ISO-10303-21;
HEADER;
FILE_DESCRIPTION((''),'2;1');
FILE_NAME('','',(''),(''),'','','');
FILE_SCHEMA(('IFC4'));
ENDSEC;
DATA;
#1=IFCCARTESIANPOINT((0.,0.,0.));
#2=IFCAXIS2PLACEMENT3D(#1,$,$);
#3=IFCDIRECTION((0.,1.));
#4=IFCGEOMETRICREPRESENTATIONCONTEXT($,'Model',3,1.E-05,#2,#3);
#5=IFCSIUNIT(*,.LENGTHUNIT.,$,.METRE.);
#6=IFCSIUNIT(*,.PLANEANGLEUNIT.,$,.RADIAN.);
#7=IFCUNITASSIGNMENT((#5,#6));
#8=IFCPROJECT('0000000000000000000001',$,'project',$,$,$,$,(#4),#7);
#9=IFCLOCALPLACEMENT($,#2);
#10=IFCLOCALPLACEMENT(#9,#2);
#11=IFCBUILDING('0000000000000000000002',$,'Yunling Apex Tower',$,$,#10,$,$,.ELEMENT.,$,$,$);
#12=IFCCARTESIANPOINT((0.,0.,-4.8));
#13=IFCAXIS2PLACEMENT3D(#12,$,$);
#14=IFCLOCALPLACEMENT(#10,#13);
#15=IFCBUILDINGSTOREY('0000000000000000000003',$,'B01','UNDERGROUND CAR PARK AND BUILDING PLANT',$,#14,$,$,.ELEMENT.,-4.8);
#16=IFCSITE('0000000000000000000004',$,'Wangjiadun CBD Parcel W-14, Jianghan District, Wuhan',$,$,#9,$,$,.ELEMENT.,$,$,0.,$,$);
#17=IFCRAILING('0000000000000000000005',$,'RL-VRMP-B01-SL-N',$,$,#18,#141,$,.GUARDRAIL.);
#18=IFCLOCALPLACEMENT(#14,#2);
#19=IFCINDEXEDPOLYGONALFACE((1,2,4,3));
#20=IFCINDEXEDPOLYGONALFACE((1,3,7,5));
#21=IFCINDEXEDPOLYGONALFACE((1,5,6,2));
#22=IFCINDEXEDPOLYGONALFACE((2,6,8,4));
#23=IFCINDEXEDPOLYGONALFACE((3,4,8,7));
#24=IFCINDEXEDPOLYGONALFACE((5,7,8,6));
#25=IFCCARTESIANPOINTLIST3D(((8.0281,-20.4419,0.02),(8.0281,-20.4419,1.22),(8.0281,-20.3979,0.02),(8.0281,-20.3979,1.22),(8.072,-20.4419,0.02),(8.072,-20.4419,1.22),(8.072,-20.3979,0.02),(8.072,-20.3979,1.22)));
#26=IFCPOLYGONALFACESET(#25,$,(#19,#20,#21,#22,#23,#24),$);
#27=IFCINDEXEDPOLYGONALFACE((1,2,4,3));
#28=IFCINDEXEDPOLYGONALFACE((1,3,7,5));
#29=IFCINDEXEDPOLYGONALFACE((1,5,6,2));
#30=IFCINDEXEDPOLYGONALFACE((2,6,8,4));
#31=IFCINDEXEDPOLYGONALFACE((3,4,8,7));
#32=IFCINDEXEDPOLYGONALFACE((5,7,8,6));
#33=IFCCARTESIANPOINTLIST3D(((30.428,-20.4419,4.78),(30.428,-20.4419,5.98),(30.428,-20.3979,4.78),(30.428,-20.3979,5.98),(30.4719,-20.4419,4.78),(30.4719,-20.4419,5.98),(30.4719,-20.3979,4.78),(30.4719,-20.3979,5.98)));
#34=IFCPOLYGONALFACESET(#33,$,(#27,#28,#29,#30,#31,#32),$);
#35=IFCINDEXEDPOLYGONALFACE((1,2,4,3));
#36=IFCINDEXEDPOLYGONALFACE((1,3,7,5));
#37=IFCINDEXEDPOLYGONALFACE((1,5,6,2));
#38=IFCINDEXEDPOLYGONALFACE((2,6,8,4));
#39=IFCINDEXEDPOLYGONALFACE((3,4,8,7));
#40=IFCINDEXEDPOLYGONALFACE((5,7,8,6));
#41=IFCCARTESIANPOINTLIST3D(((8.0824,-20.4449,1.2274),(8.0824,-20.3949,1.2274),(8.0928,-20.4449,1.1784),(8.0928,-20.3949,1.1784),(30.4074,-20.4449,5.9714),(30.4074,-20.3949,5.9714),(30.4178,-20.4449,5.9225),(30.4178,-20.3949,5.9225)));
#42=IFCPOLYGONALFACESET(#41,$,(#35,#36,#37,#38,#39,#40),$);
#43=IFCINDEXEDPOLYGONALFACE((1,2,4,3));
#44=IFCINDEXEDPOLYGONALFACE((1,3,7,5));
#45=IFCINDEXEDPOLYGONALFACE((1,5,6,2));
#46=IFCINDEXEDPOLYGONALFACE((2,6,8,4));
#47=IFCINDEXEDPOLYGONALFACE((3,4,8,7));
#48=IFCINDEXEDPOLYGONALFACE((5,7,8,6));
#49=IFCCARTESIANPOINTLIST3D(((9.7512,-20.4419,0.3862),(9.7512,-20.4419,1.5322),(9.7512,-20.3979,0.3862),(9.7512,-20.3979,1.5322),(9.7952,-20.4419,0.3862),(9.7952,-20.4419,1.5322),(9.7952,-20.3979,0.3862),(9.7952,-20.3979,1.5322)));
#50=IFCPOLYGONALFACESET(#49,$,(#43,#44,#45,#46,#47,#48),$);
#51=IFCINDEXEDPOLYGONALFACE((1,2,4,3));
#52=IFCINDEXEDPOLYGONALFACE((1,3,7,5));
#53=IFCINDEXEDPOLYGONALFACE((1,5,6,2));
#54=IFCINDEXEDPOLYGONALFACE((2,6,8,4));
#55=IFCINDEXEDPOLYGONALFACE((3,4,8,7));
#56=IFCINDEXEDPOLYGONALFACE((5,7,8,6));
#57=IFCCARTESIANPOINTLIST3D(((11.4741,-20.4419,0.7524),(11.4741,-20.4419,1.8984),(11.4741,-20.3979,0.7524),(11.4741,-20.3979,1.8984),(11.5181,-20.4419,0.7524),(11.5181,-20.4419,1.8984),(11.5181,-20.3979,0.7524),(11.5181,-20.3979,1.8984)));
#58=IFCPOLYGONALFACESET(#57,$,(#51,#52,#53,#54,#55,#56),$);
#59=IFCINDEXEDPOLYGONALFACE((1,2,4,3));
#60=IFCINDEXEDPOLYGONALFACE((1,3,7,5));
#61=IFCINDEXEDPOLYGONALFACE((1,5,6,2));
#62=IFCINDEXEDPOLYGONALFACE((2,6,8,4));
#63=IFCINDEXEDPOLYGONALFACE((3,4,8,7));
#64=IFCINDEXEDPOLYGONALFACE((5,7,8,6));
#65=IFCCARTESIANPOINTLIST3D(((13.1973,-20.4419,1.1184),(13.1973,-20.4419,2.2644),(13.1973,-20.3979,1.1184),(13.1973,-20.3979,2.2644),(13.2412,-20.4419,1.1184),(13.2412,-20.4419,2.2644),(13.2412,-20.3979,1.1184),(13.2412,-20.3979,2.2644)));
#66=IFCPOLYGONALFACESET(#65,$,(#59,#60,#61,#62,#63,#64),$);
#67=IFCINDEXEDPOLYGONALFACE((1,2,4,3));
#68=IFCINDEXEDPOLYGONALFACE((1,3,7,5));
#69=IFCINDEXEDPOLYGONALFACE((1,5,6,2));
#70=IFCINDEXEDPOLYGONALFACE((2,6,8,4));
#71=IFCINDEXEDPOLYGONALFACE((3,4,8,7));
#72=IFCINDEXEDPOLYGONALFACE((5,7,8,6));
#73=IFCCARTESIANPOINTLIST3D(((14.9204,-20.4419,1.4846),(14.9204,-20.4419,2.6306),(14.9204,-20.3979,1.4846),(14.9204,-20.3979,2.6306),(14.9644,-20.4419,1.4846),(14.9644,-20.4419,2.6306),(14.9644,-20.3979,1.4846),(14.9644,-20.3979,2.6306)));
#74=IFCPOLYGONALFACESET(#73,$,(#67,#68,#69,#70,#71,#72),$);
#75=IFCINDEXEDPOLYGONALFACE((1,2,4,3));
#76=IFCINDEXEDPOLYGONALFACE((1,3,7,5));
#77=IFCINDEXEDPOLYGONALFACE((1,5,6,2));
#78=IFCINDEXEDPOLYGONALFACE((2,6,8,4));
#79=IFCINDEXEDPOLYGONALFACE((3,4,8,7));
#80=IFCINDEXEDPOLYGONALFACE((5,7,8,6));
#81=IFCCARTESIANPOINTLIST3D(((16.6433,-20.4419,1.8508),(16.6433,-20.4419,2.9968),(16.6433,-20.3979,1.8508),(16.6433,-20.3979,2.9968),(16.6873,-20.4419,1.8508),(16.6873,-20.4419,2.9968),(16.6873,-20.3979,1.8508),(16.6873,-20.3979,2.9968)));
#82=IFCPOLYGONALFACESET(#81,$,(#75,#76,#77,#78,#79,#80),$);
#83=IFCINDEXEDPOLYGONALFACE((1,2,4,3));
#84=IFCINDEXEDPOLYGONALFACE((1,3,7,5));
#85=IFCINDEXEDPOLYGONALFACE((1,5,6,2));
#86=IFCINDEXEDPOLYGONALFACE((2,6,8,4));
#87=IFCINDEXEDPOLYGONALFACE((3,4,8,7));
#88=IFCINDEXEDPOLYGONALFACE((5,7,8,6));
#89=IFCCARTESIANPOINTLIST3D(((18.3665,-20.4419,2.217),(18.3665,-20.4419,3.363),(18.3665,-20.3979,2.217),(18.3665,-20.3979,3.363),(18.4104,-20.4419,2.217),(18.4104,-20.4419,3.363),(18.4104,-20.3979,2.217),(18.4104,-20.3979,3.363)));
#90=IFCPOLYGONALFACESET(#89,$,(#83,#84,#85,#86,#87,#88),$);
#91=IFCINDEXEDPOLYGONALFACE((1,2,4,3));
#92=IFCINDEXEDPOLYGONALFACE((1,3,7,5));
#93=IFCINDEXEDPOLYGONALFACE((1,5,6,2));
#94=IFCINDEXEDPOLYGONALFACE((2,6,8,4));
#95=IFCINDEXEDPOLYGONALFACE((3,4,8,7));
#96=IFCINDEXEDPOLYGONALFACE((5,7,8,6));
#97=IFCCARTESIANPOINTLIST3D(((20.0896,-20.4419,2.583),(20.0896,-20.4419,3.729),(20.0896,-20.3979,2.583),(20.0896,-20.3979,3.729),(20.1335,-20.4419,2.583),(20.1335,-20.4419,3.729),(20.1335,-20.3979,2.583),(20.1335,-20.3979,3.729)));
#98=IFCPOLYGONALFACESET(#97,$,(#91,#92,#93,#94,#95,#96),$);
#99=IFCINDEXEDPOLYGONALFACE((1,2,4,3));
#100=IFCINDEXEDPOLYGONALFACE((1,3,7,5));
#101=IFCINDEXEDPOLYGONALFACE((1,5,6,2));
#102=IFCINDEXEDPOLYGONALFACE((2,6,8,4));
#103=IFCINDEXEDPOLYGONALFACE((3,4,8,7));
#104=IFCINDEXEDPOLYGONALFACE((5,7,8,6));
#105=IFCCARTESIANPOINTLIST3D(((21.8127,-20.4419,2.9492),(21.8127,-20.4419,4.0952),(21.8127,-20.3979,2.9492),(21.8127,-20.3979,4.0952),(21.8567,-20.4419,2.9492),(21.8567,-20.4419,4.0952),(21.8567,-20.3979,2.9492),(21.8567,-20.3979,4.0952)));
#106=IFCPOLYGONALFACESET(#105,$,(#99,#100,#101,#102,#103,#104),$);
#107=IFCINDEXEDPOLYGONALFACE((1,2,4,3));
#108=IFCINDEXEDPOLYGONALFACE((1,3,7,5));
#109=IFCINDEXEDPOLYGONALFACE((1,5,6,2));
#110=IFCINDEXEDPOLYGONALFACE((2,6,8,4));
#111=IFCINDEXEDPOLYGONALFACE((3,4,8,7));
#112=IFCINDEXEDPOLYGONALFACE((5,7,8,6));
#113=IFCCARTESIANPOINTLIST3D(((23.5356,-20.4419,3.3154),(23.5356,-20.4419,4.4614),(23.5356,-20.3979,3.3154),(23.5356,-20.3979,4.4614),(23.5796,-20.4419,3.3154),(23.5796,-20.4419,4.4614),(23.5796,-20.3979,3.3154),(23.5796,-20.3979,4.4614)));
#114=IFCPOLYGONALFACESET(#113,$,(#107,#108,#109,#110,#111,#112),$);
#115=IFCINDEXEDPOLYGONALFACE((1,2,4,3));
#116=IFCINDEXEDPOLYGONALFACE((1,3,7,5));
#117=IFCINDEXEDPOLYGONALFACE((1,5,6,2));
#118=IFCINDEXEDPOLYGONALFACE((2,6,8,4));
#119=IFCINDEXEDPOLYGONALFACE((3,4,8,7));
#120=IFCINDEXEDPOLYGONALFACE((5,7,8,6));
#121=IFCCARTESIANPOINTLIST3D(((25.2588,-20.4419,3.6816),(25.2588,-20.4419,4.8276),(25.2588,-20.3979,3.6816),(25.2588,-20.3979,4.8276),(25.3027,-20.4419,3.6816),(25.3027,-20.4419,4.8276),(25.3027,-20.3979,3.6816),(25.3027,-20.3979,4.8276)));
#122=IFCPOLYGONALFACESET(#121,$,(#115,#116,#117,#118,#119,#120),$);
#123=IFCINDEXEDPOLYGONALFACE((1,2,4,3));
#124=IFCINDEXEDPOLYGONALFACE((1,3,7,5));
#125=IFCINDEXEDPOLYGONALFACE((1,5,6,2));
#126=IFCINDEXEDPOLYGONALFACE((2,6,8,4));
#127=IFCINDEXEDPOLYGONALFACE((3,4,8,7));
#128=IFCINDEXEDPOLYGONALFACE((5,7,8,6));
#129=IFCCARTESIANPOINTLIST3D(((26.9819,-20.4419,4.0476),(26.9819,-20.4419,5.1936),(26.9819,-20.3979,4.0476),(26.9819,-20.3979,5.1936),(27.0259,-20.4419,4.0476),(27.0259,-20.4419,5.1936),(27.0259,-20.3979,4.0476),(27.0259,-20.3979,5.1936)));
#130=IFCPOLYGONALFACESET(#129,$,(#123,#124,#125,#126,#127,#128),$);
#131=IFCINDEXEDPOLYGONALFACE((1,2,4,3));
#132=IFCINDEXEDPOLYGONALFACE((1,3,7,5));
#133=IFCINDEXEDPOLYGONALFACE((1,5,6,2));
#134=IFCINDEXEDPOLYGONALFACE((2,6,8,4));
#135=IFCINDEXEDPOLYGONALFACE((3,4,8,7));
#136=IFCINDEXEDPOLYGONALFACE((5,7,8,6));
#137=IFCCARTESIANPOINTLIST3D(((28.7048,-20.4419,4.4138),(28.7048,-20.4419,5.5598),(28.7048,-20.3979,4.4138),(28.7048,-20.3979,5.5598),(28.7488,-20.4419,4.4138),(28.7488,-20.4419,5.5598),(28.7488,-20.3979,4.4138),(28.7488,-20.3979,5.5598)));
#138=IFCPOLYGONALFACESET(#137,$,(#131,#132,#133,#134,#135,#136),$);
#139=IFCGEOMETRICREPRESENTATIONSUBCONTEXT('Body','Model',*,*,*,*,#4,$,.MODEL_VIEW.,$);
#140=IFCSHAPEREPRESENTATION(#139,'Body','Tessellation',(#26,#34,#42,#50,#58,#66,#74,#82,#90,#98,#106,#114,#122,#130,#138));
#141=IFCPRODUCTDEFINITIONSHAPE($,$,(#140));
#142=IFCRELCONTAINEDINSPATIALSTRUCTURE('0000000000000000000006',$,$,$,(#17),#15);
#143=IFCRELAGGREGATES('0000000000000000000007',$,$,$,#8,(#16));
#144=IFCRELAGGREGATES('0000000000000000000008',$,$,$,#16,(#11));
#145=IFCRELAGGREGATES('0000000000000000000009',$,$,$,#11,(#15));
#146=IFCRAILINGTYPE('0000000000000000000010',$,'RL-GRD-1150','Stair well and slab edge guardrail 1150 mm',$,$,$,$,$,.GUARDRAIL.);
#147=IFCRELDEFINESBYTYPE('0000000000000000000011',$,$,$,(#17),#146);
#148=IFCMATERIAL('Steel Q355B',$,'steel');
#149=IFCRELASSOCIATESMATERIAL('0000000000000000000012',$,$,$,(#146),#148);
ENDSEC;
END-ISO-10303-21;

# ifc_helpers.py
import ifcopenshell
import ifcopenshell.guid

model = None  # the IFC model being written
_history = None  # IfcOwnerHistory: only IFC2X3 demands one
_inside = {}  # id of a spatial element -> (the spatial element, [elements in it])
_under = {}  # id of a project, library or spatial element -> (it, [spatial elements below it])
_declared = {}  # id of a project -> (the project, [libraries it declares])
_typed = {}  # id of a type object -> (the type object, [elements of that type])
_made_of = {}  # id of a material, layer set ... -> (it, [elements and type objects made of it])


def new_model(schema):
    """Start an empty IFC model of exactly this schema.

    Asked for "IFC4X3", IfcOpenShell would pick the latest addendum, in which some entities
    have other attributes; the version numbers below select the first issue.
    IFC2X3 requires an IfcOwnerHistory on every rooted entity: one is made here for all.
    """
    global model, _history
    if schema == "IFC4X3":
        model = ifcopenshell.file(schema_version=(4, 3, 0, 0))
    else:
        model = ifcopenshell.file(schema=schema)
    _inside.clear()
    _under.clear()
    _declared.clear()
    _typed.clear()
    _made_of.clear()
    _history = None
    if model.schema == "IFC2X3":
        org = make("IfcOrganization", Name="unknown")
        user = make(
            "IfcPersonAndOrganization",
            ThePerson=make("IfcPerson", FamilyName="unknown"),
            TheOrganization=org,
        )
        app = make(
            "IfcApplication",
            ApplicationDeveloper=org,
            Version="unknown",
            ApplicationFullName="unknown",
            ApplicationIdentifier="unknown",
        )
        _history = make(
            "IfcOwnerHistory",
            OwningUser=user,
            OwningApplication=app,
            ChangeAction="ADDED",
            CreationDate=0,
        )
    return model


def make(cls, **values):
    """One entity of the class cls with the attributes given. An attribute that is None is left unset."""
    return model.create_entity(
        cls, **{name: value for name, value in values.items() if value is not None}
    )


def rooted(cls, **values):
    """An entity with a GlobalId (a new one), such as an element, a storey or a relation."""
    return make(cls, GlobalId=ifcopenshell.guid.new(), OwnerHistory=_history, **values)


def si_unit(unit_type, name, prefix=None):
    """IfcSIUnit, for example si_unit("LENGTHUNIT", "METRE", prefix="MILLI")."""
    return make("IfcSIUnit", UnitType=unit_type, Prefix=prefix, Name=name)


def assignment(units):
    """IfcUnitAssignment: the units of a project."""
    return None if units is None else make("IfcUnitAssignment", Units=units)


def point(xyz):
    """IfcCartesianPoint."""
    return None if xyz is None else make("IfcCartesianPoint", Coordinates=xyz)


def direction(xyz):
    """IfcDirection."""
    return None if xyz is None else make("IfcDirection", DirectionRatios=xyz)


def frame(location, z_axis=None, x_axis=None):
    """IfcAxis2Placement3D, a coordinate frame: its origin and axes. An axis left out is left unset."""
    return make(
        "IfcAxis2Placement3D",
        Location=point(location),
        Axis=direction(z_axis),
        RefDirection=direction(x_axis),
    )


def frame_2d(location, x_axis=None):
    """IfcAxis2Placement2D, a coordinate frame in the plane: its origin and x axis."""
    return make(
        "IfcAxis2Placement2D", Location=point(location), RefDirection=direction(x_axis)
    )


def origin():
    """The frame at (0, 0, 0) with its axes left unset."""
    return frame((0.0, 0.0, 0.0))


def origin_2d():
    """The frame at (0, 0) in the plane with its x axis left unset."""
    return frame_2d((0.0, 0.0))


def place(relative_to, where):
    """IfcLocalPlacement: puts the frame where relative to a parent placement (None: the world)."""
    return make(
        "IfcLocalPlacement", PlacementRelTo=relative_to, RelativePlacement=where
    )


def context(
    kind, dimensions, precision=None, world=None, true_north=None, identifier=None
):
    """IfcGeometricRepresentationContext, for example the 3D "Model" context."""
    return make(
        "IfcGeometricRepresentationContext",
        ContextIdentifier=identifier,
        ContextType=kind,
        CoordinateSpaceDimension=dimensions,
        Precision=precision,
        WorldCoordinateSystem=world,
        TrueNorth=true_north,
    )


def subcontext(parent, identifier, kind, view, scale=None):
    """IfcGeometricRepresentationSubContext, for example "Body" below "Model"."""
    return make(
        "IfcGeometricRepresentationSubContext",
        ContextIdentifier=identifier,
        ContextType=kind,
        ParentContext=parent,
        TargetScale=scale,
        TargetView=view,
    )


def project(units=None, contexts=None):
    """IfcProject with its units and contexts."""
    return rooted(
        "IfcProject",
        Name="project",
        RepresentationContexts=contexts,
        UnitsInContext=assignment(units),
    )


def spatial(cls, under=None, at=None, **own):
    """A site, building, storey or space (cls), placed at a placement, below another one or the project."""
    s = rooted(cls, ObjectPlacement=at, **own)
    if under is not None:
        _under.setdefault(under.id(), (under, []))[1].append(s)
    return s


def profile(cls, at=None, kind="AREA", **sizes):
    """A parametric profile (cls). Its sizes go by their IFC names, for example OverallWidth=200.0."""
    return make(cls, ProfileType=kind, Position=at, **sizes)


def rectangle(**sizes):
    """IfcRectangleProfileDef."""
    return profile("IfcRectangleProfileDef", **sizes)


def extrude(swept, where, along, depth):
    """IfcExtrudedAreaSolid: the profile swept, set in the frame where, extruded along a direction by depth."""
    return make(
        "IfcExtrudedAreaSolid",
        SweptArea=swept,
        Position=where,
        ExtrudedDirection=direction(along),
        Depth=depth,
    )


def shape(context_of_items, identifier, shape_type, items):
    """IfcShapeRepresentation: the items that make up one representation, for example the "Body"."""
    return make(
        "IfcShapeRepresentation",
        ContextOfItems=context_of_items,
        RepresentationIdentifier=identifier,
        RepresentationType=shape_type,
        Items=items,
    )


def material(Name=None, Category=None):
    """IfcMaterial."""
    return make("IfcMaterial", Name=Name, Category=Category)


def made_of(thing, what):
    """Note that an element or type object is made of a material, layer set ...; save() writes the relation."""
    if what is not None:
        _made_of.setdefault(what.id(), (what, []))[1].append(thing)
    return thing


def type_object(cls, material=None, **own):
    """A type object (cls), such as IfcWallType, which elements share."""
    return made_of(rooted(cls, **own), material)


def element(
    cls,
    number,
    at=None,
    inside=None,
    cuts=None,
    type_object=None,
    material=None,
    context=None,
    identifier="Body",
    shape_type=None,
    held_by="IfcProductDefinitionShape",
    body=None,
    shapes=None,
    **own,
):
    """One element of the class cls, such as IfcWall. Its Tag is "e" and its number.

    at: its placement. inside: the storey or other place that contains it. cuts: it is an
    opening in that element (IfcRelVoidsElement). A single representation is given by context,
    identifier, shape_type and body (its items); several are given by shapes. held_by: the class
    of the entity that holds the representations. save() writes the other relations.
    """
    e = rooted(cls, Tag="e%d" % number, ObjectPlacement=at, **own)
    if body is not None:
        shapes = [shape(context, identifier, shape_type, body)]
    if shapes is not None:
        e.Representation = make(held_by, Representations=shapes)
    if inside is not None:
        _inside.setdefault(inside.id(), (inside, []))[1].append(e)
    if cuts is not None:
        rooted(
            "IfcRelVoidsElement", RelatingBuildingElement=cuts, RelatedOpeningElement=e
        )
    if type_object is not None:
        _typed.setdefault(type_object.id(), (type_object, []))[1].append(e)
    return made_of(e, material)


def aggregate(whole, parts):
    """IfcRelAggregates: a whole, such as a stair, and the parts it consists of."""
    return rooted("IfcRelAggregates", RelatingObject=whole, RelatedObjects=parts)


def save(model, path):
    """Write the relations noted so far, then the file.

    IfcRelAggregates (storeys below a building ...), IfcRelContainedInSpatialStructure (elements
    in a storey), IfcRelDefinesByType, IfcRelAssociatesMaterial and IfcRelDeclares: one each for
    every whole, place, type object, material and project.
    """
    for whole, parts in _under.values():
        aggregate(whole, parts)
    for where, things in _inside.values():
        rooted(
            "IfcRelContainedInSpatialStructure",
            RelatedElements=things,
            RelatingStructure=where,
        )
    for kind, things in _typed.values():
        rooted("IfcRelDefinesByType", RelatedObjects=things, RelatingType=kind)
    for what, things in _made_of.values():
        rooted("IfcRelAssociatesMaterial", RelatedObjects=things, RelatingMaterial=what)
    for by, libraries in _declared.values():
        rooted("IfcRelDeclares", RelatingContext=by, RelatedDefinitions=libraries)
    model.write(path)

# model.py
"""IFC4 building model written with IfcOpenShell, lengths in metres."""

from ifc_helpers import new_model, si_unit, direction, frame, origin, origin_2d, place, context, subcontext, project, spatial, rectangle, extrude, material, type_object, element, save


model = new_model("IFC4")

# Units and contexts
model_context = context("Model", 3, precision=1e-05, world=origin(), true_north=direction((0.0, 1.0)))
body_context = subcontext(model_context, "Body", "Model", "MODEL_VIEW")
ifc_project = project(units=[si_unit("LENGTHUNIT", "METRE"), si_unit("PLANEANGLEUNIT", "RADIAN")], contexts=[model_context])

# Site, building, storey
site_placement = place(None, origin())
site = spatial("IfcSite", under=ifc_project, at=site_placement, Name="Wangjiadun CBD Parcel W-14, Jianghan District, Wuhan", CompositionType="ELEMENT", RefElevation=0.0)
building_placement = place(site_placement, origin())
building = spatial("IfcBuilding", under=site, at=building_placement, Name="Yunling Apex Tower", CompositionType="ELEMENT")
storey_placement = place(building_placement, frame((0.0, 0.0, -4.8)))
storey = spatial("IfcBuildingStorey", under=building, at=storey_placement, Name="B01", Description="UNDERGROUND CAR PARK AND BUILDING PLANT", CompositionType="ELEMENT", Elevation=-4.8)

# Shared definitions
ifc_material_1 = material(Name="Steel Q355B", Category="steel")

# Railing
railing_type = type_object("IfcRailingType", Name="RL-GRD-1150", Description="Stair well and slab edge guardrail 1150 mm", PredefinedType="GUARDRAIL", material=ifc_material_1)
railing_1_placement = place(storey_placement, frame((8.05, -20.4199, 0.02)))
element("IfcRailing", 1, at=railing_1_placement, inside=storey, type_object=railing_type, Name="RL-VRMP-B01-SL-N", PredefinedType="GUARDRAIL", context=body_context, shape_type="SweptSolid", body=[
    extrude(rectangle(XDim=0.0439, YDim=0.0439, at=origin_2d()), origin(), (0.0, 0.0, 1.0), 1.2),
    extrude(rectangle(XDim=0.0439, YDim=0.0439, at=origin_2d()), frame((22.3999, 0.0, 4.76)), (0.0, 0.0, 1.0), 1.2),
    extrude(rectangle(XDim=0.05, YDim=0.05, at=origin_2d()), frame((0.0376, 0.0, 1.1829), z_axis=(0.978159, 0.0, 0.20786), x_axis=(0.0, 1.0, 0.0)), (0.0, 0.0, 1.0), 22.8235),
    extrude(rectangle(XDim=0.0439, YDim=0.0439, at=origin_2d()), frame((1.7231, 0.0, 0.3662)), (0.0, 0.0, 1.0), 1.146),
    extrude(rectangle(XDim=0.0439, YDim=0.0439, at=origin_2d()), frame((3.446, 0.0, 0.7324)), (0.0, 0.0, 1.0), 1.146),
    extrude(rectangle(XDim=0.0439, YDim=0.0439, at=origin_2d()), frame((5.1692, 0.0, 1.0984)), (0.0, 0.0, 1.0), 1.146),
    extrude(rectangle(XDim=0.0439, YDim=0.0439, at=origin_2d()), frame((6.8923, 0.0, 1.4646)), (0.0, 0.0, 1.0), 1.146),
    extrude(rectangle(XDim=0.0439, YDim=0.0439, at=origin_2d()), frame((8.6152, 0.0, 1.8308)), (0.0, 0.0, 1.0), 1.146),
    extrude(rectangle(XDim=0.0439, YDim=0.0439, at=origin_2d()), frame((10.3384, 0.0, 2.197)), (0.0, 0.0, 1.0), 1.146),
    extrude(rectangle(XDim=0.0439, YDim=0.0439, at=origin_2d()), frame((12.0615, 0.0, 2.563)), (0.0, 0.0, 1.0), 1.146),
    extrude(rectangle(XDim=0.0439, YDim=0.0439, at=origin_2d()), frame((13.7847, 0.0, 2.9292)), (0.0, 0.0, 1.0), 1.146),
    extrude(rectangle(XDim=0.0439, YDim=0.0439, at=origin_2d()), frame((15.5076, 0.0, 3.2954)), (0.0, 0.0, 1.0), 1.146),
    extrude(rectangle(XDim=0.0439, YDim=0.0439, at=origin_2d()), frame((17.2307, 0.0, 3.6616)), (0.0, 0.0, 1.0), 1.146),
    extrude(rectangle(XDim=0.0439, YDim=0.0439, at=origin_2d()), frame((18.9539, 0.0, 4.0276)), (0.0, 0.0, 1.0), 1.146),
    extrude(rectangle(XDim=0.0439, YDim=0.0439, at=origin_2d()), frame((20.6768, 0.0, 4.3938)), (0.0, 0.0, 1.0), 1.146),
])

save(model, "model.ifc")
